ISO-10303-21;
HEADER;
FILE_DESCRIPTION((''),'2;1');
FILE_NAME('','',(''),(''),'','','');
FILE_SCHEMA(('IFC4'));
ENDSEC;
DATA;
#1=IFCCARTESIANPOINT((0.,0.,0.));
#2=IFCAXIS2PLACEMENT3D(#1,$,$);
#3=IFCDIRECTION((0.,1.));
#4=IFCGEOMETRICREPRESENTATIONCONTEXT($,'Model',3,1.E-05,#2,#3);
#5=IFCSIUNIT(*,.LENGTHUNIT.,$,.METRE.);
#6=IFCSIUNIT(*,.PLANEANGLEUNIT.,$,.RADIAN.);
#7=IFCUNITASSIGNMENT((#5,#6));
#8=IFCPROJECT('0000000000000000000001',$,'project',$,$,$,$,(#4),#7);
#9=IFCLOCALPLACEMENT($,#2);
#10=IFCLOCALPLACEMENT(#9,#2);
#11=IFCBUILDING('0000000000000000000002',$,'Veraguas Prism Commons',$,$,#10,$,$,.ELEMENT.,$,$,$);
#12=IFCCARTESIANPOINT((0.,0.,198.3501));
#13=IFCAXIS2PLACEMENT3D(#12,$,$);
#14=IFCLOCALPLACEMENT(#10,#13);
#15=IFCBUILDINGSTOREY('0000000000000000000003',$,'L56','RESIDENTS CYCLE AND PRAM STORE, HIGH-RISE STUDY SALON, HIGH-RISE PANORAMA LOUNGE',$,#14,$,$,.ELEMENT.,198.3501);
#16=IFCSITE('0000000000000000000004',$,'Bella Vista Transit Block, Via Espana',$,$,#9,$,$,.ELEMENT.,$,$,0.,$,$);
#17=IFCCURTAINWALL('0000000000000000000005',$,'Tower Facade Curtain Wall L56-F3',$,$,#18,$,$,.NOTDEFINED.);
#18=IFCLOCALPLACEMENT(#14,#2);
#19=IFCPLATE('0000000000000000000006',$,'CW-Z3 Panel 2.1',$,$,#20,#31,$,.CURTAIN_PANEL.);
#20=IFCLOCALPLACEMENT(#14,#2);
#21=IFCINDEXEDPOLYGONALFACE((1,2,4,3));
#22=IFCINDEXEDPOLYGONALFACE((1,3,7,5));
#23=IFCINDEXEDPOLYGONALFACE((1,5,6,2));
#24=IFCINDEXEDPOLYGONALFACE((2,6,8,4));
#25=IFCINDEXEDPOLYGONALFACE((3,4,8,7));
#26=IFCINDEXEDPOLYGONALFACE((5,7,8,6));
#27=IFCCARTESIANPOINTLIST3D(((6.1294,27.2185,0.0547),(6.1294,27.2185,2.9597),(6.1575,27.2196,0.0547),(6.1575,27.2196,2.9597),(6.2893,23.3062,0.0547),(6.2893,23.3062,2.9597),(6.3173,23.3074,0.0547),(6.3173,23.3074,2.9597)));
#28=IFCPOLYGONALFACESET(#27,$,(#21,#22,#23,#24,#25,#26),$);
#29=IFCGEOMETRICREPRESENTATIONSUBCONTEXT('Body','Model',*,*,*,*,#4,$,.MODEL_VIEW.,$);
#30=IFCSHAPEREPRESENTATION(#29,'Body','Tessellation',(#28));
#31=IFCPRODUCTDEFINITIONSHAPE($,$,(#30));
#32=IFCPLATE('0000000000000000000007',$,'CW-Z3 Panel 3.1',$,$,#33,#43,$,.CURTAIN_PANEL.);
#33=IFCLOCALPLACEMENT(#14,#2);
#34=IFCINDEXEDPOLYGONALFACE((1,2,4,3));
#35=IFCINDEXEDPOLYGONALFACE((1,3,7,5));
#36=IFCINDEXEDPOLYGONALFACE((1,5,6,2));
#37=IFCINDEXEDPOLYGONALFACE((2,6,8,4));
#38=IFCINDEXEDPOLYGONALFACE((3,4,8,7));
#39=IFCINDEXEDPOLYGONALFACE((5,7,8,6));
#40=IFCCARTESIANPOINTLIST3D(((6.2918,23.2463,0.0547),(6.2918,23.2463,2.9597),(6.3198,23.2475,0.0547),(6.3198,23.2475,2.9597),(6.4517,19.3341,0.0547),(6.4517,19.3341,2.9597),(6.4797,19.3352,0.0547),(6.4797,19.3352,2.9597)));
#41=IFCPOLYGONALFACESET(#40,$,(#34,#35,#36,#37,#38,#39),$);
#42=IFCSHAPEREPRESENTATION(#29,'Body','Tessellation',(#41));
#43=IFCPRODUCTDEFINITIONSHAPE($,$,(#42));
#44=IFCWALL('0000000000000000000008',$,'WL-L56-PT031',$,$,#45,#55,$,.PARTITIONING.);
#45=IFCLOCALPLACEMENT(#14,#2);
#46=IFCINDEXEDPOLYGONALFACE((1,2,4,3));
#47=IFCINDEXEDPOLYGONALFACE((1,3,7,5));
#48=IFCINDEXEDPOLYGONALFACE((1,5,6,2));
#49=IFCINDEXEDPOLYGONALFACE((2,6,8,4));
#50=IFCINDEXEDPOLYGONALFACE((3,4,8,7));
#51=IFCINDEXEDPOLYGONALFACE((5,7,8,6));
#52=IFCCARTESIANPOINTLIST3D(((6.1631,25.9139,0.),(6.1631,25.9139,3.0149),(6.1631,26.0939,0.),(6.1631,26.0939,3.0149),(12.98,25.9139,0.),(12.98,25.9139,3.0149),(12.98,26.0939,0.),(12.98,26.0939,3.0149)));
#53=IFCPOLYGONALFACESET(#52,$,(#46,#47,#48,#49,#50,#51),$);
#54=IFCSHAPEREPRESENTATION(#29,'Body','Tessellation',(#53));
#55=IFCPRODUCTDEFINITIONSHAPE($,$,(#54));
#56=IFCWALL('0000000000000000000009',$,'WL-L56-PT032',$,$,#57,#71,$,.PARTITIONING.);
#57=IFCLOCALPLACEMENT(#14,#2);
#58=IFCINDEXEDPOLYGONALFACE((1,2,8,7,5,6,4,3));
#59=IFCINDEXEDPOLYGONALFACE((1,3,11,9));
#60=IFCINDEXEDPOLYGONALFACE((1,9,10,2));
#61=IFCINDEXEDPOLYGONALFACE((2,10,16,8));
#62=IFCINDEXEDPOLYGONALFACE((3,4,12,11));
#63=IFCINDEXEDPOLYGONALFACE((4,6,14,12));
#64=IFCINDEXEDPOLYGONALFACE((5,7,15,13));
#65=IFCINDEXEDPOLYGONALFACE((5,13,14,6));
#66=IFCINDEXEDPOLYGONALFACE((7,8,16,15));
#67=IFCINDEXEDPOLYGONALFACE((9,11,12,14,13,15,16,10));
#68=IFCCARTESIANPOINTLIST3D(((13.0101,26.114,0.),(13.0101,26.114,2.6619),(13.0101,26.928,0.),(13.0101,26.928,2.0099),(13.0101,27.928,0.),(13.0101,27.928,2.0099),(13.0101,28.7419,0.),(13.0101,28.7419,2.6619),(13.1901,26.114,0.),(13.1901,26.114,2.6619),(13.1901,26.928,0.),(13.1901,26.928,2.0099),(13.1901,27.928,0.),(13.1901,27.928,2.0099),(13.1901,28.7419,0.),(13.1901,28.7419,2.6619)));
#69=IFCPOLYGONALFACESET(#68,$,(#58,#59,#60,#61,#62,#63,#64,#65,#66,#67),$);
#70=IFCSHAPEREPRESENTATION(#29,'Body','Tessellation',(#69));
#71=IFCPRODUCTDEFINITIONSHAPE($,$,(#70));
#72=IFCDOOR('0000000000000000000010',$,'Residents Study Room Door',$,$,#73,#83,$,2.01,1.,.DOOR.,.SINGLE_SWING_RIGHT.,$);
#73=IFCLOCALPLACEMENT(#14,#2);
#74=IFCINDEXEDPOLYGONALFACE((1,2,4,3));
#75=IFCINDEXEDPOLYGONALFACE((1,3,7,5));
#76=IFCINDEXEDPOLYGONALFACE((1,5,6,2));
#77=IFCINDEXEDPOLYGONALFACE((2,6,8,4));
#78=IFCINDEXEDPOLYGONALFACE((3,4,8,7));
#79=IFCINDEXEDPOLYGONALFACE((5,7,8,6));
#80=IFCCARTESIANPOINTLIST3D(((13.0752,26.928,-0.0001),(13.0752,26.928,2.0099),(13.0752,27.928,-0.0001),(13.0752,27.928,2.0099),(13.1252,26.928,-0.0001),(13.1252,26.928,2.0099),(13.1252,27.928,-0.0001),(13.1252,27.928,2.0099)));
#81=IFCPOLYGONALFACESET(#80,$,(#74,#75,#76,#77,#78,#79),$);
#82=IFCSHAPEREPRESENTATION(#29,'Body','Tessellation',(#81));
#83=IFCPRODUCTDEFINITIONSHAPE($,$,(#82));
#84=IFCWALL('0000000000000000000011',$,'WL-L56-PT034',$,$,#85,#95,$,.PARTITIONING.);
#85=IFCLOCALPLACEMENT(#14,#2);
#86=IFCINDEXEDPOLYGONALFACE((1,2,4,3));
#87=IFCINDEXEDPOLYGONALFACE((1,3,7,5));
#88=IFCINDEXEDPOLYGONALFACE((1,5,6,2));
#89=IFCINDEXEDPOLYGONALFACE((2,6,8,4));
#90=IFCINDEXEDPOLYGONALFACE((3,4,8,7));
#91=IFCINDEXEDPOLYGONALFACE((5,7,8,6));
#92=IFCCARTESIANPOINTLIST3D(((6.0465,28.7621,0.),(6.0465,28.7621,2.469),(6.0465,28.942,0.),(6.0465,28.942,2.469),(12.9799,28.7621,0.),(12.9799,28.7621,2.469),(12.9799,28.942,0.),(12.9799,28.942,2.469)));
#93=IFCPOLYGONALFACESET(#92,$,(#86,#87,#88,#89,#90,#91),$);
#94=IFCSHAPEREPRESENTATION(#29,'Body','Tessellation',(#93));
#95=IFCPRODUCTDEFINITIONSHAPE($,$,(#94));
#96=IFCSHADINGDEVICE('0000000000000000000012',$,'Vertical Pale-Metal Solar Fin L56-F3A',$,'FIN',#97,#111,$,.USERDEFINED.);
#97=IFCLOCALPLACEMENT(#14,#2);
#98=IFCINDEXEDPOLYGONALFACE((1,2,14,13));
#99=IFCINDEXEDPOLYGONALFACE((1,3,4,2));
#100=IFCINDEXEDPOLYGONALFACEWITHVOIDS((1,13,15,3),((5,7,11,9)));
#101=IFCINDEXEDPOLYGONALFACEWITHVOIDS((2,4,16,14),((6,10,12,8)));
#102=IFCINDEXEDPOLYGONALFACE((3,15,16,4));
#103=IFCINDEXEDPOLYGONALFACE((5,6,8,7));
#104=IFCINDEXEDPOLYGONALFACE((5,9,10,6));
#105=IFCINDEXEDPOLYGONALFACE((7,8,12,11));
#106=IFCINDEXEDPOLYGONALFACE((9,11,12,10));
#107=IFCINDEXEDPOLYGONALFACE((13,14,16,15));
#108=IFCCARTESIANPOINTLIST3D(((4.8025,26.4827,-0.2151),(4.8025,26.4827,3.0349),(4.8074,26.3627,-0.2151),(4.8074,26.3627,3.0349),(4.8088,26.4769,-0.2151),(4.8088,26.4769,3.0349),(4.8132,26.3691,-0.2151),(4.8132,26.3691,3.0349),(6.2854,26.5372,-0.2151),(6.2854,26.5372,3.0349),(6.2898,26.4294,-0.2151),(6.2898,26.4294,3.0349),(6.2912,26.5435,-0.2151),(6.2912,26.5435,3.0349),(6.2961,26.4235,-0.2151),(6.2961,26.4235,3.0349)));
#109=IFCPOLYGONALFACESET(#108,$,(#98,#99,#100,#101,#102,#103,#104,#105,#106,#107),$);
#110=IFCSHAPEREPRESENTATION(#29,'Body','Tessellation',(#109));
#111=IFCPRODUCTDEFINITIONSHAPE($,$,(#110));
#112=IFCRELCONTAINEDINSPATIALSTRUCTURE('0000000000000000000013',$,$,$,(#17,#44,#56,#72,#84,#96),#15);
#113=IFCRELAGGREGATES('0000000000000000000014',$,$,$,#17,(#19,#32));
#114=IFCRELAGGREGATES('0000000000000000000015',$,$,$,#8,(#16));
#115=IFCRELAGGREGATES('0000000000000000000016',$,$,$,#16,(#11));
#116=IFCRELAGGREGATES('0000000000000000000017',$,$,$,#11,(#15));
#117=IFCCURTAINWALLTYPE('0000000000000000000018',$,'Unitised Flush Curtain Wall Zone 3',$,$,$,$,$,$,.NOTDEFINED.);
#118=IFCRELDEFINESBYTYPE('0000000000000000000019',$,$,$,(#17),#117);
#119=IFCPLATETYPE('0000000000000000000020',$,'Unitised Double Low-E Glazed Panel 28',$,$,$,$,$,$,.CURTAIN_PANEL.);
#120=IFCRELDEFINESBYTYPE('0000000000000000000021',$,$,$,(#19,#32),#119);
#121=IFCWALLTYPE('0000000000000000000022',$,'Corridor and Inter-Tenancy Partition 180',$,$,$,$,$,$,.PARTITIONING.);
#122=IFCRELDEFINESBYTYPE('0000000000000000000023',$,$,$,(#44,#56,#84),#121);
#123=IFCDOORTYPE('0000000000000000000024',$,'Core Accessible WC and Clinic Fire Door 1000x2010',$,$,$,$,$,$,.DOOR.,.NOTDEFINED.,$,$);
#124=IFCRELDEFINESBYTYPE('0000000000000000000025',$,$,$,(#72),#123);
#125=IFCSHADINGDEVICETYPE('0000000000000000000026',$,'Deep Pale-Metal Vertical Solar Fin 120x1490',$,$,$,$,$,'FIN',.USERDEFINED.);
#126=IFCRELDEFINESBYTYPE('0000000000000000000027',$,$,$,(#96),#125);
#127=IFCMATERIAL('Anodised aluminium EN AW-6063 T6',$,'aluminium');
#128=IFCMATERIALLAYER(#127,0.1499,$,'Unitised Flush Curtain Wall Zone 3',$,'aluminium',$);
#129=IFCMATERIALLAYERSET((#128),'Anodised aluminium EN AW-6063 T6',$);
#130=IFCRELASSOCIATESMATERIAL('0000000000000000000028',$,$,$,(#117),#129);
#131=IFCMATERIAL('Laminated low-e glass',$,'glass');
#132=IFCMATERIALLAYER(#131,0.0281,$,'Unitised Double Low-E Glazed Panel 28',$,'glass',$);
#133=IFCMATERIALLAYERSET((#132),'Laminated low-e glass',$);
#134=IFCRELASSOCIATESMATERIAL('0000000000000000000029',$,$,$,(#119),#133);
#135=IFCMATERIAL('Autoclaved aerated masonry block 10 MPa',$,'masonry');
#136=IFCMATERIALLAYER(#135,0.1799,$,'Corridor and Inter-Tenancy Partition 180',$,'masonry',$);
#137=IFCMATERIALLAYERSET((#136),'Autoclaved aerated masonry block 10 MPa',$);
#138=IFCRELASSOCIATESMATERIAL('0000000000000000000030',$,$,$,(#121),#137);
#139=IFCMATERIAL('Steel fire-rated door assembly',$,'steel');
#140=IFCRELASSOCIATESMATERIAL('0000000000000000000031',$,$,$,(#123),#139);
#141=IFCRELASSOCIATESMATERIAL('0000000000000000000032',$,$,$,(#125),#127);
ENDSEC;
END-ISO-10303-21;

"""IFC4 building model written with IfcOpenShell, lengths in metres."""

from ifc_helpers import new_model, si_unit, direction, frame, frame_2d, origin, origin_2d, place, context, subcontext, project, spatial, rectangle, hollow_rectangle, extrude, source, transform, mapped, material, layer, layer_set, material_profile, profile_set, type_object, element, fill, aggregate, save


model = new_model("IFC4")

# Units and contexts
model_context = context("Model", 3, precision=1e-05, world=origin(), true_north=direction((0.0, 1.0)))
body_context = subcontext(model_context, "Body", "Model", "MODEL_VIEW")
ifc_project = project(units=[si_unit("LENGTHUNIT", "METRE"), si_unit("PLANEANGLEUNIT", "RADIAN")], contexts=[model_context])

# Site, building, storey
site_placement = place(None, origin())
site = spatial("IfcSite", under=ifc_project, at=site_placement, Name="Bella Vista Transit Block, Via Espana", CompositionType="ELEMENT", RefElevation=0.0)
building_placement = place(site_placement, origin())
building = spatial("IfcBuilding", under=site, at=building_placement, Name="Veraguas Prism Commons", CompositionType="ELEMENT")
storey_placement = place(building_placement, frame((0.0, 0.0, 198.3501)))
storey = spatial("IfcBuildingStorey", under=building, at=storey_placement, Name="L56", Description="RESIDENTS CYCLE AND PRAM STORE, HIGH-RISE STUDY SALON, HIGH-RISE PANORAMA LOUNGE", CompositionType="ELEMENT", Elevation=198.3501)

# Curtain wall, plates
ifc_material_1 = material(Name="Anodised aluminium EN AW-6063 T6", Category="aluminium")
ifc_layer_1 = layer(ifc_material_1, 0.1499, Name="Unitised Flush Curtain Wall Zone 3", Category="aluminium")
ifc_layer_set_1 = layer_set([ifc_layer_1], Name="Anodised aluminium EN AW-6063 T6")
curtain_wall_type = type_object("IfcCurtainWallType", Name="Unitised Flush Curtain Wall Zone 3", PredefinedType="NOTDEFINED", material=ifc_layer_set_1)
curtain_wall_placement = place(storey_placement, origin())
curtain_wall = element("IfcCurtainWall", 1, at=curtain_wall_placement, inside=storey, type_object=curtain_wall_type, Name="Tower Facade Curtain Wall L56-F3", PredefinedType="NOTDEFINED")
ifc_material_2 = material(Name="Laminated low-e glass", Category="glass")
ifc_layer_2 = layer(ifc_material_2, 0.0281, Name="Unitised Double Low-E Glazed Panel 28", Category="glass")
ifc_layer_set_2 = layer_set([ifc_layer_2], Name="Laminated low-e glass")
plate_type = type_object("IfcPlateType", Name="Unitised Double Low-E Glazed Panel 28", PredefinedType="CURTAIN_PANEL", material=ifc_layer_set_2)
shared_shape_1 = source(origin(), body_context, "Body", "SweptSolid", [
    extrude(rectangle(XDim=3.9155, YDim=0.0281, at=origin_2d()), origin(), (0.0, 0.0, 1.0), 2.905),
])
plate_1_placement = place(storey_placement, frame((6.2234, 25.2629, 0.0547), z_axis=(0.0, 0.0, 1.0), x_axis=(0.040829, -0.999166, 0.0)))
plate_1 = element("IfcPlate", 2, at=plate_1_placement, type_object=plate_type, Name="CW-Z3 Panel 2.1", PredefinedType="CURTAIN_PANEL", context=body_context, shape_type="MappedRepresentation", body=[
    mapped(shared_shape_1, transform((0.0, 0.0, 0.0), scale=1.0)),
])
plate_2_placement = place(storey_placement, frame((6.3857, 21.2908, 0.0547), z_axis=(0.0, 0.0, 1.0), x_axis=(0.040829, -0.999166, 0.0)))
plate_2 = element("IfcPlate", 3, at=plate_2_placement, type_object=plate_type, Name="CW-Z3 Panel 3.1", PredefinedType="CURTAIN_PANEL", context=body_context, shape_type="MappedRepresentation", body=[
    mapped(shared_shape_1, transform((0.0, 0.0, 0.0), scale=1.0)),
])
aggregate(curtain_wall, [plate_1, plate_2])

# Wall
ifc_material_3 = material(Name="Autoclaved aerated masonry block 10 MPa", Category="masonry")
ifc_layer_3 = layer(ifc_material_3, 0.1799, Name="Corridor and Inter-Tenancy Partition 180", Category="masonry")
ifc_layer_set_3 = layer_set([ifc_layer_3], Name="Autoclaved aerated masonry block 10 MPa")
wall_type = type_object("IfcWallType", Name="Corridor and Inter-Tenancy Partition 180", PredefinedType="PARTITIONING", material=ifc_layer_set_3)
wall_1_placement = place(storey_placement, frame((12.98, 26.0039, 0.0), z_axis=(0.0, 0.0, 1.0), x_axis=(-1.0, 0.0, 0.0)))
element("IfcWall", 4, at=wall_1_placement, inside=storey, type_object=wall_type, Name="WL-L56-PT031", PredefinedType="PARTITIONING", context=body_context, shape_type="SweptSolid", body=[
    extrude(rectangle(XDim=6.8169, YDim=0.1799, at=frame_2d((3.4084, 0.0))), origin(), (0.0, 0.0, 1.0), 3.0149),
])

# Wall, opening, door
wall_2_placement = place(storey_placement, frame((13.1001, 26.114, 0.0), z_axis=(0.0, 0.0, 1.0), x_axis=(0.0, 1.0, 0.0)))
wall_2 = element("IfcWall", 5, at=wall_2_placement, inside=storey, type_object=wall_type, Name="WL-L56-PT032", PredefinedType="PARTITIONING", context=body_context, shape_type="SweptSolid", body=[
    extrude(rectangle(XDim=2.6279, YDim=0.1799, at=frame_2d((1.314, 0.0))), origin(), (0.0, 0.0, 1.0), 2.6619),
])
opening_placement = place(wall_2_placement, frame((0.814, 0.0, 0.0)))
opening = element("IfcOpeningElement", 6, at=opening_placement, cuts=wall_2, PredefinedType="OPENING", context=body_context, shape_type="SweptSolid", body=[
    extrude(rectangle(XDim=1.0, YDim=2.01, at=frame_2d((0.5, 1.0049))), frame((0.0, 0.0999, 0.0), z_axis=(0.0, -1.0, 0.0), x_axis=(1.0, 0.0, 0.0)), (0.0, 0.0, 1.0), 0.2),
])
ifc_material_4 = material(Name="Steel fire-rated door assembly", Category="steel")
door_type = type_object("IfcDoorType", Name="Core Accessible WC and Clinic Fire Door 1000x2010", OperationType="NOTDEFINED", PredefinedType="DOOR", material=ifc_material_4)
shared_shape_2 = source(origin(), body_context, "Body", "SweptSolid", [
    extrude(rectangle(XDim=1.0, YDim=2.01, at=frame_2d((0.5, 1.0049))), frame((0.0, 0.0249, 0.0), z_axis=(0.0, -1.0, 0.0), x_axis=(1.0, 0.0, 0.0)), (0.0, 0.0, 1.0), 0.05),
])
door_placement = place(opening_placement, origin())
door = element("IfcDoor", 7, at=door_placement, inside=storey, type_object=door_type, Name="Residents Study Room Door", OperationType="SINGLE_SWING_RIGHT", OverallHeight=2.01, OverallWidth=1.0, PredefinedType="DOOR", context=body_context, shape_type="MappedRepresentation", body=[
    mapped(shared_shape_2, transform((0.0, 0.0, 0.0), scale=1.0)),
])
fill(opening, door)

# Wall
wall_3_placement = place(storey_placement, frame((12.98, 28.8521, 0.0), z_axis=(0.0, 0.0, 1.0), x_axis=(-1.0, 0.0, 0.0)))
element("IfcWall", 8, at=wall_3_placement, inside=storey, type_object=wall_type, Name="WL-L56-PT034", PredefinedType="PARTITIONING", context=body_context, shape_type="SweptSolid", body=[
    extrude(rectangle(XDim=6.9333, YDim=0.1799, at=frame_2d((3.4668, 0.0))), origin(), (0.0, 0.0, 1.0), 2.469),
])

# Shading device
ifc_material_profile_1 = material_profile(ifc_material_1, hollow_rectangle(XDim=0.1201, YDim=1.49, WallThickness=0.0061, at=origin_2d()), Name="FIN120X1490X6")
ifc_profile_set_1 = profile_set([ifc_material_profile_1], Name="Anodised aluminium EN AW-6063 T6")
shading_device_type = type_object("IfcShadingDeviceType", Name="Deep Pale-Metal Vertical Solar Fin 120x1490", ElementType="FIN", PredefinedType="USERDEFINED", material=ifc_profile_set_1)
shading_device_placement = place(storey_placement, frame((5.5493, 26.4531, -0.2151), z_axis=(0.0, 0.0, 1.0), x_axis=(0.040824, -0.999166, 0.0)))
element("IfcShadingDevice", 9, at=shading_device_placement, inside=storey, type_object=shading_device_type, Name="Vertical Pale-Metal Solar Fin L56-F3A", ObjectType="FIN", PredefinedType="USERDEFINED", context=body_context, shape_type="SweptSolid", body=[
    extrude(hollow_rectangle(XDim=0.1201, YDim=1.49, WallThickness=0.0061, at=origin_2d()), origin(), (0.0, 0.0, 1.0), 3.25),
])

save(model, "model.ifc")
